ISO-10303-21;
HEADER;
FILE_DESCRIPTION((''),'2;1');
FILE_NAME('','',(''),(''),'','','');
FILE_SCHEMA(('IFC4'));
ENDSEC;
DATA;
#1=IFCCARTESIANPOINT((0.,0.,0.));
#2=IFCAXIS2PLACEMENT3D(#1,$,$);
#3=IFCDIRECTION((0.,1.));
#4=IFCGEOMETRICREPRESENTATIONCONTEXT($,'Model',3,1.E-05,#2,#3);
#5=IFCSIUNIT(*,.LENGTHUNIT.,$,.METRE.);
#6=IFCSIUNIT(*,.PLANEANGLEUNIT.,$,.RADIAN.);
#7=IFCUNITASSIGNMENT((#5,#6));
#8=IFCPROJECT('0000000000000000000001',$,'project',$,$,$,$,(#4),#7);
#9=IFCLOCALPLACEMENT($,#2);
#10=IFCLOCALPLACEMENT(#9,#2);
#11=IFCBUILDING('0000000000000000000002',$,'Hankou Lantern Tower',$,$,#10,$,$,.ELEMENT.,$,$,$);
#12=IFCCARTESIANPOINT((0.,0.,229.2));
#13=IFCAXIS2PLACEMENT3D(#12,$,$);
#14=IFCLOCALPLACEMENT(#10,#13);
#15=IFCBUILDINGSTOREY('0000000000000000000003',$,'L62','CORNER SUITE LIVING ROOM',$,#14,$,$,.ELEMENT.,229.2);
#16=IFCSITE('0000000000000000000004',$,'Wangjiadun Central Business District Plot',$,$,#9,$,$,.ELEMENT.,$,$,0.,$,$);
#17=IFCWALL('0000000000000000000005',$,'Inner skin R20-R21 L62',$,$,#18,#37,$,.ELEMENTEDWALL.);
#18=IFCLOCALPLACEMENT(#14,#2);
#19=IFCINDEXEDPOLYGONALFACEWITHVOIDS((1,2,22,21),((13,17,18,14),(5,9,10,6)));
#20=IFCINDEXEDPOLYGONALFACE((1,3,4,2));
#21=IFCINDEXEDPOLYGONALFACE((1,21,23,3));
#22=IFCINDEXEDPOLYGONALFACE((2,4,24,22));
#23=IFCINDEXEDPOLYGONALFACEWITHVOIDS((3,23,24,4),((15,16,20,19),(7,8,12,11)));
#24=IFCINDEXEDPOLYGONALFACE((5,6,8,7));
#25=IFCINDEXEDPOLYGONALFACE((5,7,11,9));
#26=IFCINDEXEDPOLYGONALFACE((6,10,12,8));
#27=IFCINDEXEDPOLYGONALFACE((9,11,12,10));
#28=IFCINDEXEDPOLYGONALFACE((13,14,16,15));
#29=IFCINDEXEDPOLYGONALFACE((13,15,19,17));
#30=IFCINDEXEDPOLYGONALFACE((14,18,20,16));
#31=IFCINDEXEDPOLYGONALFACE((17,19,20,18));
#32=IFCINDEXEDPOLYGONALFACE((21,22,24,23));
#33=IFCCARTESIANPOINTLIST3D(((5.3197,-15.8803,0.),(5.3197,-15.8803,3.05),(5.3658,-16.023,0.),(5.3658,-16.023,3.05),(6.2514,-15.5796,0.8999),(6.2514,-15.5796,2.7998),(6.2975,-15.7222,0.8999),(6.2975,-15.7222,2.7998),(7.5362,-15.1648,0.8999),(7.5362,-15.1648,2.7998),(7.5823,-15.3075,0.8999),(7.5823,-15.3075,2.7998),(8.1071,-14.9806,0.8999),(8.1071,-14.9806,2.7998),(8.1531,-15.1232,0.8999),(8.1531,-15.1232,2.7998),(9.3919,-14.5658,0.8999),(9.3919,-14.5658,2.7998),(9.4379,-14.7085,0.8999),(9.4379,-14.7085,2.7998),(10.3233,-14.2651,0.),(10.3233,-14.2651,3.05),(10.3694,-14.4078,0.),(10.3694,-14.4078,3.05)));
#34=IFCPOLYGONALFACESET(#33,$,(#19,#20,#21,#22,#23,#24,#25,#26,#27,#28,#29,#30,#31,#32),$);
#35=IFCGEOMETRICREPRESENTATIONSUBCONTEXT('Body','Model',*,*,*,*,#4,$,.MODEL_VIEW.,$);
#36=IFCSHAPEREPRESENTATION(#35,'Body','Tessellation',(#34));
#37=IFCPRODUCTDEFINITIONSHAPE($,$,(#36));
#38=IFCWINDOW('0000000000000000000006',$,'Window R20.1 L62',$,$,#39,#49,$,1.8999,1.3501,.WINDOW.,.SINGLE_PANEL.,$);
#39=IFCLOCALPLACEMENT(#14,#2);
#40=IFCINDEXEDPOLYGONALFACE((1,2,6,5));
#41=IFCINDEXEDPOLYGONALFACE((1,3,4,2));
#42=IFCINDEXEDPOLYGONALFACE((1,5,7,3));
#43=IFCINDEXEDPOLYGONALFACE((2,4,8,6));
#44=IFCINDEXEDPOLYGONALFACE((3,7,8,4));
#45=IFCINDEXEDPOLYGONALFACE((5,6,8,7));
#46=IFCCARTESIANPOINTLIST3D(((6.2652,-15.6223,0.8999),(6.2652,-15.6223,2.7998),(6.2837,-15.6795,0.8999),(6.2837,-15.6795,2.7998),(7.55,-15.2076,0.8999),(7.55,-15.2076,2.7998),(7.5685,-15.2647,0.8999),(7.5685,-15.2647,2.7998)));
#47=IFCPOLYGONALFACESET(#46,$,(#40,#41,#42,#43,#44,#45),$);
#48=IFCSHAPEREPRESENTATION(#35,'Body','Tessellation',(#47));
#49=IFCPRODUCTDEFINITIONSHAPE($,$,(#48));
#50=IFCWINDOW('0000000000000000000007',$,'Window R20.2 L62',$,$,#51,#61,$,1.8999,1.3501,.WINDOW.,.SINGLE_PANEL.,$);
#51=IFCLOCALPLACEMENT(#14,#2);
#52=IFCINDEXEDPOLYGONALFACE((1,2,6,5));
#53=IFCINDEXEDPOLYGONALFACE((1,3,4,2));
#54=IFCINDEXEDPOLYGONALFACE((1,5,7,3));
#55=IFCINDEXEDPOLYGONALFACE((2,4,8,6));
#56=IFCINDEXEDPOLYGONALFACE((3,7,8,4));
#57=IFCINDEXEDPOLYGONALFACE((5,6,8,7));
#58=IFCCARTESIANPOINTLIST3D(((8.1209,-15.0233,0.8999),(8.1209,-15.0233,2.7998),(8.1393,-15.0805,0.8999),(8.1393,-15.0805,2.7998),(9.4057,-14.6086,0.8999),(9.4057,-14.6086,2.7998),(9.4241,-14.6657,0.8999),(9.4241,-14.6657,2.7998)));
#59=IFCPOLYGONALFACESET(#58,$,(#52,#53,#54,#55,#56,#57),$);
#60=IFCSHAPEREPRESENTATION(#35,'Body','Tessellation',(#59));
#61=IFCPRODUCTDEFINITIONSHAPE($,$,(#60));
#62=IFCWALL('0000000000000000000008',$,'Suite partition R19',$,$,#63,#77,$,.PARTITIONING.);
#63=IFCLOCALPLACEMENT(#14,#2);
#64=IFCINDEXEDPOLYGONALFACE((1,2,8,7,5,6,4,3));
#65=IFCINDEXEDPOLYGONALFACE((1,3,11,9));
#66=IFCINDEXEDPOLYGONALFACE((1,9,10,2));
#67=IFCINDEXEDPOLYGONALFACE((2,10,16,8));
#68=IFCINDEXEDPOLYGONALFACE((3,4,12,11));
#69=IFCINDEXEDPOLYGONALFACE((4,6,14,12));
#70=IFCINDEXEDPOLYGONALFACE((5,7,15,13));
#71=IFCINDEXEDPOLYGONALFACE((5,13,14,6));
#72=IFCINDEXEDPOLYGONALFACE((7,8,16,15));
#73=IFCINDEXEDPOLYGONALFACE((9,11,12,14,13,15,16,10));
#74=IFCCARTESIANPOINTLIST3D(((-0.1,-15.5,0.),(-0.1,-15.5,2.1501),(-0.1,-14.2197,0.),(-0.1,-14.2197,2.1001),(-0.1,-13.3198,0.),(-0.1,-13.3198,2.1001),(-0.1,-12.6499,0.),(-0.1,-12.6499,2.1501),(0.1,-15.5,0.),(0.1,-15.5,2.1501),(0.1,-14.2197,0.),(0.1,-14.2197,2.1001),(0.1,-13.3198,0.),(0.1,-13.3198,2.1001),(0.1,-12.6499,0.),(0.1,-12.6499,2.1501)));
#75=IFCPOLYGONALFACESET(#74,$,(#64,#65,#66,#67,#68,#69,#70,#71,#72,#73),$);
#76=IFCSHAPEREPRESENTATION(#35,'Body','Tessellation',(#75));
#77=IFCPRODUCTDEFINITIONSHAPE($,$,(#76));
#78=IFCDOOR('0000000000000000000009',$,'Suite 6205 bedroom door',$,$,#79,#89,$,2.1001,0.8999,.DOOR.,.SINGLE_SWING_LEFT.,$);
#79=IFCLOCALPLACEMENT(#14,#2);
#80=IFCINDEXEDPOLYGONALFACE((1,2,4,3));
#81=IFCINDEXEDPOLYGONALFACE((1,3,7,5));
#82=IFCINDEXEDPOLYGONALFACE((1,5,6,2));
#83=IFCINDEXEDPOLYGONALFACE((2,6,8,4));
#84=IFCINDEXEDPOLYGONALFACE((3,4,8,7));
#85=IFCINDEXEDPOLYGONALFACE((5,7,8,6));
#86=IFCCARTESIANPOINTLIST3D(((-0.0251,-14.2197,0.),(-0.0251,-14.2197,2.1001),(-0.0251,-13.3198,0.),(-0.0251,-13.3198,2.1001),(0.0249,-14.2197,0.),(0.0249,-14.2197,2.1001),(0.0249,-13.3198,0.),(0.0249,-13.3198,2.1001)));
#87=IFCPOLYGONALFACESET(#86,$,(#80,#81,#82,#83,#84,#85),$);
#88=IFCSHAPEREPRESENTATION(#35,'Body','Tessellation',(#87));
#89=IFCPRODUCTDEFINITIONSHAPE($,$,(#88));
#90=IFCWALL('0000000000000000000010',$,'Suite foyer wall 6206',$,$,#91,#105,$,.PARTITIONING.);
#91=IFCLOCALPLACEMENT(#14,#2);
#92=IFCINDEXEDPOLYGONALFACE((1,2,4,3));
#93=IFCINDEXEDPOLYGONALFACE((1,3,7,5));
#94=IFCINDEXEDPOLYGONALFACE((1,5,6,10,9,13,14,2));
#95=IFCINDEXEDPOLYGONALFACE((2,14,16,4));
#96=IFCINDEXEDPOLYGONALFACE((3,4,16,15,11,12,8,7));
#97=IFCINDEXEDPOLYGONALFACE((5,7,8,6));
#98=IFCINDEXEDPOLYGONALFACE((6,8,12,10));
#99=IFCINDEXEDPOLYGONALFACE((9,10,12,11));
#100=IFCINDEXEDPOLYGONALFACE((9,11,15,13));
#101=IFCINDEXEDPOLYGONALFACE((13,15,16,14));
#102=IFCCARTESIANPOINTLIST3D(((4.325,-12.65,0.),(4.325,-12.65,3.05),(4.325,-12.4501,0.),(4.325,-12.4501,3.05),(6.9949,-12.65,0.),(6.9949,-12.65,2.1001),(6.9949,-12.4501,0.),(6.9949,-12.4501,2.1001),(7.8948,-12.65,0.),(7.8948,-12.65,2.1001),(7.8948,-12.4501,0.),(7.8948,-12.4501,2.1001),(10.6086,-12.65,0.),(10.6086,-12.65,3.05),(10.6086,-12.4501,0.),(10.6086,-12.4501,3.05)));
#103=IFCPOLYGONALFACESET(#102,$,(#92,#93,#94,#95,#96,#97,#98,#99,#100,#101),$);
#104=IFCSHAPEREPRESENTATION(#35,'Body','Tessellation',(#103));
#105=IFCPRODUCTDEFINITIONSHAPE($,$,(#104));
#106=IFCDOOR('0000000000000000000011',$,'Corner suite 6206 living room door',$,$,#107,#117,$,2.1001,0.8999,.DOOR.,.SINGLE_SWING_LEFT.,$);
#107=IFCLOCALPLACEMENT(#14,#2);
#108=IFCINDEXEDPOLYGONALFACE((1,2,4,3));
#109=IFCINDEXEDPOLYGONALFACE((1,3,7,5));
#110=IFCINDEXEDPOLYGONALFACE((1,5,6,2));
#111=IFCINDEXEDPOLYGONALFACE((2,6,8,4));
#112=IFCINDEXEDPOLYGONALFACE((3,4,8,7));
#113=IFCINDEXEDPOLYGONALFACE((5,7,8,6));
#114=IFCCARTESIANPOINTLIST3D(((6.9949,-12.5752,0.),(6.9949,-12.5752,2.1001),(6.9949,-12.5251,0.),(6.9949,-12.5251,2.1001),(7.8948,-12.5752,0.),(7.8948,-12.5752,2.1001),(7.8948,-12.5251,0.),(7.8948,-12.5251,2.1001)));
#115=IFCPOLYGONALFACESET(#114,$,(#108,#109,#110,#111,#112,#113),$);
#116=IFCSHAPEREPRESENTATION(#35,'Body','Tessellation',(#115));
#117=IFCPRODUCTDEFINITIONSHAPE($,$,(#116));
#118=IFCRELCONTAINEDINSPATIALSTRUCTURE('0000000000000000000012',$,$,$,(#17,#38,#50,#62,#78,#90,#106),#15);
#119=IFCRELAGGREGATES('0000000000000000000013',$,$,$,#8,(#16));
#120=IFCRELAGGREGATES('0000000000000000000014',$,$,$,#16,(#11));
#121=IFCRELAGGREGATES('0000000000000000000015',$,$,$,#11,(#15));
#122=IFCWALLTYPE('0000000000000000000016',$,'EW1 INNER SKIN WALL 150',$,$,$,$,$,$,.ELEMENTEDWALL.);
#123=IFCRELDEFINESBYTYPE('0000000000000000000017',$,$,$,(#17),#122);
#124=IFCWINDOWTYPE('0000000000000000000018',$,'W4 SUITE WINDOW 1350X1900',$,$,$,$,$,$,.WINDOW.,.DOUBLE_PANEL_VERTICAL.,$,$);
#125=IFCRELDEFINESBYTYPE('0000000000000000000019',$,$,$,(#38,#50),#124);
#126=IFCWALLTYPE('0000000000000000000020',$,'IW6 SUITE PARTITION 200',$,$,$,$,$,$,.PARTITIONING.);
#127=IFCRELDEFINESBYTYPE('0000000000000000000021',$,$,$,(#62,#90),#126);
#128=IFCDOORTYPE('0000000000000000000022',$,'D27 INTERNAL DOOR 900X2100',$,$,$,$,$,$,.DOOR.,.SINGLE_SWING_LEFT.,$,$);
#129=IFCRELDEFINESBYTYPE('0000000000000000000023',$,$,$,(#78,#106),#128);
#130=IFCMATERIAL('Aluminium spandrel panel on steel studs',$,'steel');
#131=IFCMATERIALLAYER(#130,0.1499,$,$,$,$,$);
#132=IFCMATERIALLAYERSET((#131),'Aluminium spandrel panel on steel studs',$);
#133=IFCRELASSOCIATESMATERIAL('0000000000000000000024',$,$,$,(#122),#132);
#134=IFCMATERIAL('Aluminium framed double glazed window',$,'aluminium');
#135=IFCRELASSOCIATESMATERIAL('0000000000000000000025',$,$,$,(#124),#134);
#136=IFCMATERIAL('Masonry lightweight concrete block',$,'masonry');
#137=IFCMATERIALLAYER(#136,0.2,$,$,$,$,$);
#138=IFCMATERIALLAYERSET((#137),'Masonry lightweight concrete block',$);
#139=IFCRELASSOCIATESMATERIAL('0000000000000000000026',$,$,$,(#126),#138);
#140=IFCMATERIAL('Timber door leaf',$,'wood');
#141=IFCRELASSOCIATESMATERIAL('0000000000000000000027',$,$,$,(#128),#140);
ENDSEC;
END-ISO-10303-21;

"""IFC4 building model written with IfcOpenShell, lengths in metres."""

from ifc_helpers import new_model, si_unit, direction, frame, frame_2d, origin, place, context, subcontext, project, spatial, rectangle, extrude, material, layer, layer_set, type_object, element, fill, save


model = new_model("IFC4")

# Units and contexts
model_context = context("Model", 3, precision=1e-05, world=origin(), true_north=direction((0.0, 1.0)))
body_context = subcontext(model_context, "Body", "Model", "MODEL_VIEW")
ifc_project = project(units=[si_unit("LENGTHUNIT", "METRE"), si_unit("PLANEANGLEUNIT", "RADIAN")], contexts=[model_context])

# Site, building, storey
site_placement = place(None, origin())
site = spatial("IfcSite", under=ifc_project, at=site_placement, Name="Wangjiadun Central Business District Plot", CompositionType="ELEMENT", RefElevation=0.0)
building_placement = place(site_placement, origin())
building = spatial("IfcBuilding", under=site, at=building_placement, Name="Hankou Lantern Tower", CompositionType="ELEMENT")
storey_placement = place(building_placement, frame((0.0, 0.0, 229.2)))
storey = spatial("IfcBuildingStorey", under=building, at=storey_placement, Name="L62", Description="CORNER SUITE LIVING ROOM", CompositionType="ELEMENT", Elevation=229.2)

# Wall, openings, windows
ifc_material_1 = material(Name="Aluminium spandrel panel on steel studs", Category="steel")
ifc_layer_1 = layer(ifc_material_1, 0.1499)
ifc_layer_set_1 = layer_set([ifc_layer_1], Name="Aluminium spandrel panel on steel studs")
wall_type_1 = type_object("IfcWallType", Name="EW1 INNER SKIN WALL 150", PredefinedType="ELEMENTEDWALL", material=ifc_layer_set_1)
ifc_material_2 = material(Name="Aluminium framed double glazed window", Category="aluminium")
window_type = type_object("IfcWindowType", Name="W4 SUITE WINDOW 1350X1900", PartitioningType="DOUBLE_PANEL_VERTICAL", PredefinedType="WINDOW", material=ifc_material_2)
wall_1_placement = place(storey_placement, frame((5.3428, -15.9517, 0.0), z_axis=(0.0, 0.0, 1.0), x_axis=(0.951645, 0.307201, 0.0)))
wall_1 = element("IfcWall", 1, at=wall_1_placement, inside=storey, type_object=wall_type_1, Name="Inner skin R20-R21 L62", PredefinedType="ELEMENTEDWALL", context=body_context, shape_type="SweptSolid", body=[
    extrude(rectangle(XDim=5.2578, YDim=0.1499, at=frame_2d((2.6289, 0.0))), origin(), (0.0, 0.0, 1.0), 3.05),
])
opening_1_placement = place(wall_1_placement, frame((0.979, 0.0, 0.8999)))
opening_1 = element("IfcOpeningElement", 2, at=opening_1_placement, cuts=wall_1, PredefinedType="OPENING", context=body_context, shape_type="SweptSolid", body=[
    extrude(rectangle(XDim=1.3501, YDim=1.8999, at=frame_2d((0.675, 0.95))), frame((0.0, 0.085, 0.0), z_axis=(0.0, -1.0, 0.0), x_axis=(1.0, 0.0, 0.0)), (0.0, 0.0, 1.0), 0.1699),
])
opening_2_placement = place(wall_1_placement, frame((2.929, 0.0, 0.8999)))
opening_2 = element("IfcOpeningElement", 3, at=opening_2_placement, cuts=wall_1, PredefinedType="OPENING", context=body_context, shape_type="SweptSolid", body=[
    extrude(rectangle(XDim=1.3501, YDim=1.8999, at=frame_2d((0.675, 0.95))), frame((0.0, 0.085, 0.0), z_axis=(0.0, -1.0, 0.0), x_axis=(1.0, 0.0, 0.0)), (0.0, 0.0, 1.0), 0.1699),
])
window_1_placement = place(opening_1_placement, origin())
window_1 = element("IfcWindow", 4, at=window_1_placement, inside=storey, type_object=window_type, Name="Window R20.1 L62", OverallHeight=1.8999, OverallWidth=1.3501, PartitioningType="SINGLE_PANEL", PredefinedType="WINDOW", context=body_context, shape_type="SweptSolid", body=[
    extrude(rectangle(XDim=1.3501, YDim=1.8999, at=frame_2d((0.675, 0.95))), frame((0.0, 0.03, 0.0), z_axis=(0.0, -1.0, 0.0), x_axis=(1.0, 0.0, 0.0)), (0.0, 0.0, 1.0), 0.0601),
])
fill(opening_1, window_1)
window_2_placement = place(opening_2_placement, origin())
window_2 = element("IfcWindow", 5, at=window_2_placement, inside=storey, type_object=window_type, Name="Window R20.2 L62", OverallHeight=1.8999, OverallWidth=1.3501, PartitioningType="SINGLE_PANEL", PredefinedType="WINDOW", context=body_context, shape_type="SweptSolid", body=[
    extrude(rectangle(XDim=1.3501, YDim=1.8999, at=frame_2d((0.675, 0.95))), frame((0.0, 0.03, 0.0), z_axis=(0.0, -1.0, 0.0), x_axis=(1.0, 0.0, 0.0)), (0.0, 0.0, 1.0), 0.0601),
])
fill(opening_2, window_2)

# Walls, openings, doors
ifc_material_3 = material(Name="Masonry lightweight concrete block", Category="masonry")
ifc_layer_2 = layer(ifc_material_3, 0.2)
ifc_layer_set_2 = layer_set([ifc_layer_2], Name="Masonry lightweight concrete block")
wall_type_2 = type_object("IfcWallType", Name="IW6 SUITE PARTITION 200", PredefinedType="PARTITIONING", material=ifc_layer_set_2)
wall_2_placement = place(storey_placement, frame((0.0, -12.6499, 0.0), z_axis=(0.0, 0.0, 1.0), x_axis=(0.0, -1.0, 0.0)))
wall_2 = element("IfcWall", 6, at=wall_2_placement, inside=storey, type_object=wall_type_2, Name="Suite partition R19", PredefinedType="PARTITIONING", context=body_context, shape_type="SweptSolid", body=[
    extrude(rectangle(XDim=2.8501, YDim=0.2, at=frame_2d((1.425, 0.0))), origin(), (0.0, 0.0, 1.0), 2.1501),
])
opening_3_placement = place(wall_2_placement, frame((0.6699, 0.0, 0.0)))
opening_3 = element("IfcOpeningElement", 7, at=opening_3_placement, cuts=wall_2, PredefinedType="OPENING", context=body_context, shape_type="SweptSolid", body=[
    extrude(rectangle(XDim=0.8999, YDim=2.1001, at=frame_2d((0.45, 1.05))), frame((0.0, 0.1099, 0.0), z_axis=(0.0, -1.0, 0.0), x_axis=(1.0, 0.0, 0.0)), (0.0, 0.0, 1.0), 0.22),
])
ifc_material_4 = material(Name="Timber door leaf", Category="wood")
door_type = type_object("IfcDoorType", Name="D27 INTERNAL DOOR 900X2100", OperationType="SINGLE_SWING_LEFT", PredefinedType="DOOR", material=ifc_material_4)
door_1_placement = place(opening_3_placement, origin())
door_1 = element("IfcDoor", 8, at=door_1_placement, inside=storey, type_object=door_type, Name="Suite 6205 bedroom door", OperationType="SINGLE_SWING_LEFT", OverallHeight=2.1001, OverallWidth=0.8999, PredefinedType="DOOR", context=body_context, shape_type="SweptSolid", body=[
    extrude(rectangle(XDim=0.8999, YDim=2.1001, at=frame_2d((0.45, 1.05))), frame((0.0, 0.0249, 0.0), z_axis=(0.0, -1.0, 0.0), x_axis=(1.0, 0.0, 0.0)), (0.0, 0.0, 1.0), 0.05),
])
fill(opening_3, door_1)
wall_3_placement = place(storey_placement, frame((4.325, -12.55, 0.0), z_axis=(0.0, 0.0, 1.0), x_axis=(1.0, 0.0, 0.0)))
wall_3 = element("IfcWall", 9, at=wall_3_placement, inside=storey, type_object=wall_type_2, Name="Suite foyer wall 6206", PredefinedType="PARTITIONING", context=body_context, shape_type="SweptSolid", body=[
    extrude(rectangle(XDim=6.2837, YDim=0.2, at=frame_2d((3.1418, 0.0))), origin(), (0.0, 0.0, 1.0), 3.05),
])
opening_4_placement = place(wall_3_placement, frame((2.6699, 0.0, 0.0)))
opening_4 = element("IfcOpeningElement", 10, at=opening_4_placement, cuts=wall_3, PredefinedType="OPENING", context=body_context, shape_type="SweptSolid", body=[
    extrude(rectangle(XDim=0.8999, YDim=2.1001, at=frame_2d((0.45, 1.05))), frame((0.0, 0.1099, 0.0), z_axis=(0.0, -1.0, 0.0), x_axis=(1.0, 0.0, 0.0)), (0.0, 0.0, 1.0), 0.22),
])
door_2_placement = place(opening_4_placement, origin())
door_2 = element("IfcDoor", 11, at=door_2_placement, inside=storey, type_object=door_type, Name="Corner suite 6206 living room door", OperationType="SINGLE_SWING_LEFT", OverallHeight=2.1001, OverallWidth=0.8999, PredefinedType="DOOR", context=body_context, shape_type="SweptSolid", body=[
    extrude(rectangle(XDim=0.8999, YDim=2.1001, at=frame_2d((0.45, 1.05))), frame((0.0, 0.0249, 0.0), z_axis=(0.0, -1.0, 0.0), x_axis=(1.0, 0.0, 0.0)), (0.0, 0.0, 1.0), 0.05),
])
fill(opening_4, door_2)

save(model, "model.ifc")
